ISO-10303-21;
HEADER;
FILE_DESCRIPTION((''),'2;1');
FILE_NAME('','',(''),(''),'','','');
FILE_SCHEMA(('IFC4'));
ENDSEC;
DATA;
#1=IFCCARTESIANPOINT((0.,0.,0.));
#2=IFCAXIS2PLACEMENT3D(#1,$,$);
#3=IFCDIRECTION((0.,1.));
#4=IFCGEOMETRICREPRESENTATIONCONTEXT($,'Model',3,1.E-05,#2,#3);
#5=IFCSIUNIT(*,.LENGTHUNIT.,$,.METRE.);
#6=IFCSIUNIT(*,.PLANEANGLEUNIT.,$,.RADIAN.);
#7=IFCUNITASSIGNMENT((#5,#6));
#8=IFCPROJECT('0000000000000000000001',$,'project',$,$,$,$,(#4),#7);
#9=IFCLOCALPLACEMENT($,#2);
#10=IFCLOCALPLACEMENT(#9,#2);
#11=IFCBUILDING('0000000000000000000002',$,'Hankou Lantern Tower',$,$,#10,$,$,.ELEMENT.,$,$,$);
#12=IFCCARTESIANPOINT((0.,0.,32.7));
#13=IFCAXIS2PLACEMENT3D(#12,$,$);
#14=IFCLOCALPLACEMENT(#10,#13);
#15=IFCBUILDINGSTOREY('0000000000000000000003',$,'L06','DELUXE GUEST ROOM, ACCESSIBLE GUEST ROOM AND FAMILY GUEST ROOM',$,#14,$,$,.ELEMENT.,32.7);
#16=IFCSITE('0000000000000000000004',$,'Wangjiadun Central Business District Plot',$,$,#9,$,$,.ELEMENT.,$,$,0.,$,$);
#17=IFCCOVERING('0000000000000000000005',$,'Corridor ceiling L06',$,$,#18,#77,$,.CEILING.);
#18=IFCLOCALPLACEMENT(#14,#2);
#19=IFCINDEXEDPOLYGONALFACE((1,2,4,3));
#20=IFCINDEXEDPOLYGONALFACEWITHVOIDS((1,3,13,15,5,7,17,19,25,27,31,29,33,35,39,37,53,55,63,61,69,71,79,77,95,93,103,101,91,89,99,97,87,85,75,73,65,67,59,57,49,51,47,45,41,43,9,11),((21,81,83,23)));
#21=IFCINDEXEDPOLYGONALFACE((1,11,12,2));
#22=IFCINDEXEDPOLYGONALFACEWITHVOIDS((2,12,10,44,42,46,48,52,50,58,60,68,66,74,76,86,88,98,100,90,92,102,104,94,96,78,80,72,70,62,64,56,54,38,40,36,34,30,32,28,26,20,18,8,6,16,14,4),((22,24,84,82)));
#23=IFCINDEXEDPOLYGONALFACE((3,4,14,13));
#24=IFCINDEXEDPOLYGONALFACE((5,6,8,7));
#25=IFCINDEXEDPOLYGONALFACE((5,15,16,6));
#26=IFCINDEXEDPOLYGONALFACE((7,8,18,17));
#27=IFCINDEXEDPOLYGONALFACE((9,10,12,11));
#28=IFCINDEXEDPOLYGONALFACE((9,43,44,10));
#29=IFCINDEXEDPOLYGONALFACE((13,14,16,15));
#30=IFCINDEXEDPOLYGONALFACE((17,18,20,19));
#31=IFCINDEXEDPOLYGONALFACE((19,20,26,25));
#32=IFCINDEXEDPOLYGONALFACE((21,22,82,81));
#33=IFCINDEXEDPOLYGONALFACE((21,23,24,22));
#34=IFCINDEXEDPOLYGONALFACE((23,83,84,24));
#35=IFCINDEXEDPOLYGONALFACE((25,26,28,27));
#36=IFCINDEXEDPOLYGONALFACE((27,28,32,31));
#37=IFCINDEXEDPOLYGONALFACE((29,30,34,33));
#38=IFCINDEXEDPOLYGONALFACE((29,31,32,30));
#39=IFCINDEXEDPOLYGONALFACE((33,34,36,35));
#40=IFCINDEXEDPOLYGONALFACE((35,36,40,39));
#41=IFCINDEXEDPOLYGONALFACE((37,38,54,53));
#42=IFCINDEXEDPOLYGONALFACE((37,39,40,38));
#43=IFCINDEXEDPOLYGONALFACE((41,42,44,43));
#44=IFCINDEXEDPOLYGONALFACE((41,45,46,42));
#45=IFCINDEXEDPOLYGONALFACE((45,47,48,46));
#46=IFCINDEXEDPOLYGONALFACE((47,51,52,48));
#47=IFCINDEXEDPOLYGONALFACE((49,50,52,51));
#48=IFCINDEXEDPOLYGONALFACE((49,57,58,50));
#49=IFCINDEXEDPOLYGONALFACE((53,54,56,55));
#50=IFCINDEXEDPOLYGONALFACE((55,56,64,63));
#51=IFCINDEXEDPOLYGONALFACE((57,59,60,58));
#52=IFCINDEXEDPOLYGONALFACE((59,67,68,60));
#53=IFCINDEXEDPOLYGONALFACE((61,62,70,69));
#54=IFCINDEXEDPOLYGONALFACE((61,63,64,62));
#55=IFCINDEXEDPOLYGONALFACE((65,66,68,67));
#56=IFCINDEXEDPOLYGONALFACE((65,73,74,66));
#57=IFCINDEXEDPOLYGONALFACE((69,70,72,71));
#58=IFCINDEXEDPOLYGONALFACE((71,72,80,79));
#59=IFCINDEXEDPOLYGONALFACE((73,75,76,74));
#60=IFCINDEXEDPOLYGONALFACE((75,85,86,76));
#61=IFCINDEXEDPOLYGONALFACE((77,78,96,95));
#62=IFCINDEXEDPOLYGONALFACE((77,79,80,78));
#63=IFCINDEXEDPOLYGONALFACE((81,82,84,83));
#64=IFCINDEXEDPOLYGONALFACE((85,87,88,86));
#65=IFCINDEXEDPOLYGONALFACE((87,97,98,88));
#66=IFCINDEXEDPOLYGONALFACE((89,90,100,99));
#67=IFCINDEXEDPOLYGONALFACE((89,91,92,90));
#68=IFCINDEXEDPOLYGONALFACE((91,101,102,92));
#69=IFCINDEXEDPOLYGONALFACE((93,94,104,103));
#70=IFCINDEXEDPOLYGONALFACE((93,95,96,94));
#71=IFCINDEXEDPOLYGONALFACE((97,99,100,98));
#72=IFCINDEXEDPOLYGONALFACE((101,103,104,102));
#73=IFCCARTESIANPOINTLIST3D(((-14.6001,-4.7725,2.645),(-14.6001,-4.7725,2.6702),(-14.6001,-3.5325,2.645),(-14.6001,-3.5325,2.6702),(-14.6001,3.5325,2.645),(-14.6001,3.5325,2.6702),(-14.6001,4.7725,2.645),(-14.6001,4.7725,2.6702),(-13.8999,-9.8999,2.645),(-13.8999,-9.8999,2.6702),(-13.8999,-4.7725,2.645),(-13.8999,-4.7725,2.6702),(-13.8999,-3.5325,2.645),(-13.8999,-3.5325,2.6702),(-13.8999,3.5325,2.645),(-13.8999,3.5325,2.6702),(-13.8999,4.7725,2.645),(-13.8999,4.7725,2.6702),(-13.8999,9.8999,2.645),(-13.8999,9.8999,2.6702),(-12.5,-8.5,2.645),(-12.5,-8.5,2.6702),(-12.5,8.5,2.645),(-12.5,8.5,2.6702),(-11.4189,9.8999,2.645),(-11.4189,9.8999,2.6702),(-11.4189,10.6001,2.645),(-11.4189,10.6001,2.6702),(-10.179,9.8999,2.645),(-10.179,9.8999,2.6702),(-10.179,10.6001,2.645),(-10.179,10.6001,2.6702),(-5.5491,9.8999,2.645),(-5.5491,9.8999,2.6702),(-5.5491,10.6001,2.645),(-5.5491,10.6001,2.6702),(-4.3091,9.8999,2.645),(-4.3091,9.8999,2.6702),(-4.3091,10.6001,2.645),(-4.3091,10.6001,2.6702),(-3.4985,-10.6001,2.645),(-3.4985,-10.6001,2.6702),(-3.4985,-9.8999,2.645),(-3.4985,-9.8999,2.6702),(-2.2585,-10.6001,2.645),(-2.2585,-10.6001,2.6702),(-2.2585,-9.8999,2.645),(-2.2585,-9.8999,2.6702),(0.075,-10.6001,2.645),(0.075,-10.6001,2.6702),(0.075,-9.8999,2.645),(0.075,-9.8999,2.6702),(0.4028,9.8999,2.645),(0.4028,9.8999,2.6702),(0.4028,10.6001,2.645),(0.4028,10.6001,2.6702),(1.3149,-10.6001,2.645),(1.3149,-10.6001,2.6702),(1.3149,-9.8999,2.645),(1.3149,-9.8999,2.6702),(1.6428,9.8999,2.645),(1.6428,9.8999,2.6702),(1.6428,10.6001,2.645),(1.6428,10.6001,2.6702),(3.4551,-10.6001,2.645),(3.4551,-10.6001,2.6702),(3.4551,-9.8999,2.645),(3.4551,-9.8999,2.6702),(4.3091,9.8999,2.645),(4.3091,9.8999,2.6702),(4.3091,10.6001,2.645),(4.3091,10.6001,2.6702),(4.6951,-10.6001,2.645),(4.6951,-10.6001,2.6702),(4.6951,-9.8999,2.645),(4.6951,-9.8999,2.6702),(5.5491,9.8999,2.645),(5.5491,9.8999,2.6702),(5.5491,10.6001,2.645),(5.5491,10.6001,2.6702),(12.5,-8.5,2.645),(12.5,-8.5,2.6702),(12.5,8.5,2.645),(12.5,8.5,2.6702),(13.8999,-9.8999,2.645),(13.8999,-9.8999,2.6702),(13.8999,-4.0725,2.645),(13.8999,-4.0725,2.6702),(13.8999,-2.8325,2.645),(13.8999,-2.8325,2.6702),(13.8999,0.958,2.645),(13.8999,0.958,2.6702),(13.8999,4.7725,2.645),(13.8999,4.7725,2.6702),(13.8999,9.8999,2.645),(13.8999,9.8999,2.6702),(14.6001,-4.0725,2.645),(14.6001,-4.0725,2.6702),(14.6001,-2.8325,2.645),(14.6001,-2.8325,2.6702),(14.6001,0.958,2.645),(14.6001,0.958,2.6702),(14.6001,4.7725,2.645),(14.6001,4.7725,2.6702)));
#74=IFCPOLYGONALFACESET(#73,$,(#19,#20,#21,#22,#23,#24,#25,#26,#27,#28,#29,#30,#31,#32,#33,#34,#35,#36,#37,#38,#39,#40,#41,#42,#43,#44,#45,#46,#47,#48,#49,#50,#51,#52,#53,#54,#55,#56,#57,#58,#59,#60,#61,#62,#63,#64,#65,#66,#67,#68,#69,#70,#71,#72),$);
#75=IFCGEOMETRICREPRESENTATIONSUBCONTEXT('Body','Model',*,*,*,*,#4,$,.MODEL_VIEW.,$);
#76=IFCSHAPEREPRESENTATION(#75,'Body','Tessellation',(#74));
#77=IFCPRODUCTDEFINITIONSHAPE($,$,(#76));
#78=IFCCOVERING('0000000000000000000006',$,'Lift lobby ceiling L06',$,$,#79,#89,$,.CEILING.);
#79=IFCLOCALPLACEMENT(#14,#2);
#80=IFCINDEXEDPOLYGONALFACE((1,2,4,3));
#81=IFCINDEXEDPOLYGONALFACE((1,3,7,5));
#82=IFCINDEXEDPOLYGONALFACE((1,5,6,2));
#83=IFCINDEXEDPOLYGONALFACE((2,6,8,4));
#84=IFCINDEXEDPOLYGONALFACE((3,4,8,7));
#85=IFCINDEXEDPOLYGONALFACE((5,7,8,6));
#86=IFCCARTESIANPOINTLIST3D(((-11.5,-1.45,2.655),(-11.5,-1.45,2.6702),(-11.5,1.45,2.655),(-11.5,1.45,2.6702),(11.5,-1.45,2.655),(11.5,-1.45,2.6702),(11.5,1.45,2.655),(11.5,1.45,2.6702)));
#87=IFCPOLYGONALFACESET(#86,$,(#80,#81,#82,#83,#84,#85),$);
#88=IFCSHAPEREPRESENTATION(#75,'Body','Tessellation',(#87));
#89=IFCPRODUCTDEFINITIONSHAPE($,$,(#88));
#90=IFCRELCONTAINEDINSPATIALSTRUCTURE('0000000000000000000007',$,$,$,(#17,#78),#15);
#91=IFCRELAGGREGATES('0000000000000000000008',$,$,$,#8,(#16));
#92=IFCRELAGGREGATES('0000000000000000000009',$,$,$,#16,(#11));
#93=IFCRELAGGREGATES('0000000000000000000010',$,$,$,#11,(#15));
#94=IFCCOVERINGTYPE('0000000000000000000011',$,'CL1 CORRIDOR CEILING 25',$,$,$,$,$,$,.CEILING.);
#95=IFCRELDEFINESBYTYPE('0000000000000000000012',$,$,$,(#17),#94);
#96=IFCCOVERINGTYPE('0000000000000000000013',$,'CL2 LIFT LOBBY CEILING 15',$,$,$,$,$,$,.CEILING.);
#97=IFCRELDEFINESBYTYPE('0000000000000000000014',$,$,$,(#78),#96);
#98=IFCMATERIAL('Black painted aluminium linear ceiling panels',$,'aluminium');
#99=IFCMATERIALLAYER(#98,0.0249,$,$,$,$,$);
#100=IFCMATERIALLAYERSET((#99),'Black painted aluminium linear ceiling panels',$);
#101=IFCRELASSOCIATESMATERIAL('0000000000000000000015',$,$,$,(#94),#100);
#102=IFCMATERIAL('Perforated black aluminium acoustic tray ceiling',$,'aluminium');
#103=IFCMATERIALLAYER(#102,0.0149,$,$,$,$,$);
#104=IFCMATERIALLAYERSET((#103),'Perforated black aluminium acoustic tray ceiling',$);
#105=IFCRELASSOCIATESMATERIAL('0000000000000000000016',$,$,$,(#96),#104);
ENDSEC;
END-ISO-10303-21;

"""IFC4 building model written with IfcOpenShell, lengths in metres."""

from ifc_helpers import new_model, si_unit, direction, frame, origin, place, context, subcontext, project, spatial, polyline, outline, extrude, material, layer, layer_set, type_object, element, save


model = new_model("IFC4")

# Units and contexts
model_context = context("Model", 3, precision=1e-05, world=origin(), true_north=direction((0.0, 1.0)))
body_context = subcontext(model_context, "Body", "Model", "MODEL_VIEW")
ifc_project = project(units=[si_unit("LENGTHUNIT", "METRE"), si_unit("PLANEANGLEUNIT", "RADIAN")], contexts=[model_context])

# Site, building, storey
site_placement = place(None, origin())
site = spatial("IfcSite", under=ifc_project, at=site_placement, Name="Wangjiadun Central Business District Plot", CompositionType="ELEMENT", RefElevation=0.0)
building_placement = place(site_placement, origin())
building = spatial("IfcBuilding", under=site, at=building_placement, Name="Hankou Lantern Tower", CompositionType="ELEMENT")
storey_placement = place(building_placement, frame((0.0, 0.0, 32.7)))
storey = spatial("IfcBuildingStorey", under=building, at=storey_placement, Name="L06", Description="DELUXE GUEST ROOM, ACCESSIBLE GUEST ROOM AND FAMILY GUEST ROOM", CompositionType="ELEMENT", Elevation=32.7)

# Coverings
ifc_material_1 = material(Name="Black painted aluminium linear ceiling panels", Category="aluminium")
ifc_layer_1 = layer(ifc_material_1, 0.0249)
ifc_layer_set_1 = layer_set([ifc_layer_1], Name="Black painted aluminium linear ceiling panels")
covering_type_1 = type_object("IfcCoveringType", Name="CL1 CORRIDOR CEILING 25", PredefinedType="CEILING", material=ifc_layer_set_1)
covering_1_placement = place(storey_placement, frame((0.0, 0.0, 2.645)))
element("IfcCovering", 1, at=covering_1_placement, inside=storey, type_object=covering_type_1, Name="Corridor ceiling L06", PredefinedType="CEILING", context=body_context, shape_type="SweptSolid", body=[
    extrude(outline(polyline([(-3.4985, -10.6001), (-2.2585, -10.6001), (-2.2585, -9.8999), (0.075, -9.8999), (0.075, -10.6001), (1.3149, -10.6001), (1.3149, -9.8999), (3.4551, -9.8999), (3.4551, -10.6001), (4.6951, -10.6001), (4.6951, -9.8999), (13.8999, -9.8999), (13.8999, -4.0725), (14.6001, -4.0725), (14.6001, -2.8325), (13.8999, -2.8325), (13.8999, 0.958), (14.6001, 0.958), (14.6001, 4.7725), (13.8999, 4.7725), (13.8999, 9.8999), (5.5491, 9.8999), (5.5491, 10.6001), (4.3091, 10.6001), (4.3091, 9.8999), (1.6428, 9.8999), (1.6428, 10.6001), (0.4028, 10.6001), (0.4028, 9.8999), (-4.3091, 9.8999), (-4.3091, 10.6001), (-5.5491, 10.6001), (-5.5491, 9.8999), (-10.179, 9.8999), (-10.179, 10.6001), (-11.4189, 10.6001), (-11.4189, 9.8999), (-13.8999, 9.8999), (-13.8999, 4.7725), (-14.6001, 4.7725), (-14.6001, 3.5325), (-13.8999, 3.5325), (-13.8999, -3.5325), (-14.6001, -3.5325), (-14.6001, -4.7725), (-13.8999, -4.7725), (-13.8999, -9.8999), (-3.4985, -9.8999), (-3.4985, -10.6001)]), holes=[polyline([(-12.5, 8.5), (12.5, 8.5), (12.5, -8.5), (-12.5, -8.5), (-12.5, 8.5)])]), origin(), (0.0, 0.0, 1.0), 0.0251),
])
ifc_material_2 = material(Name="Perforated black aluminium acoustic tray ceiling", Category="aluminium")
ifc_layer_2 = layer(ifc_material_2, 0.0149)
ifc_layer_set_2 = layer_set([ifc_layer_2], Name="Perforated black aluminium acoustic tray ceiling")
covering_type_2 = type_object("IfcCoveringType", Name="CL2 LIFT LOBBY CEILING 15", PredefinedType="CEILING", material=ifc_layer_set_2)
covering_2_placement = place(storey_placement, frame((0.0, 0.0, 2.655)))
element("IfcCovering", 2, at=covering_2_placement, inside=storey, type_object=covering_type_2, Name="Lift lobby ceiling L06", PredefinedType="CEILING", context=body_context, shape_type="SweptSolid", body=[
    extrude(outline(polyline([(-11.5, -1.45), (11.5, -1.45), (11.5, 1.45), (-11.5, 1.45), (-11.5, -1.45)])), origin(), (0.0, 0.0, 1.0), 0.0151),
])

save(model, "model.ifc")
